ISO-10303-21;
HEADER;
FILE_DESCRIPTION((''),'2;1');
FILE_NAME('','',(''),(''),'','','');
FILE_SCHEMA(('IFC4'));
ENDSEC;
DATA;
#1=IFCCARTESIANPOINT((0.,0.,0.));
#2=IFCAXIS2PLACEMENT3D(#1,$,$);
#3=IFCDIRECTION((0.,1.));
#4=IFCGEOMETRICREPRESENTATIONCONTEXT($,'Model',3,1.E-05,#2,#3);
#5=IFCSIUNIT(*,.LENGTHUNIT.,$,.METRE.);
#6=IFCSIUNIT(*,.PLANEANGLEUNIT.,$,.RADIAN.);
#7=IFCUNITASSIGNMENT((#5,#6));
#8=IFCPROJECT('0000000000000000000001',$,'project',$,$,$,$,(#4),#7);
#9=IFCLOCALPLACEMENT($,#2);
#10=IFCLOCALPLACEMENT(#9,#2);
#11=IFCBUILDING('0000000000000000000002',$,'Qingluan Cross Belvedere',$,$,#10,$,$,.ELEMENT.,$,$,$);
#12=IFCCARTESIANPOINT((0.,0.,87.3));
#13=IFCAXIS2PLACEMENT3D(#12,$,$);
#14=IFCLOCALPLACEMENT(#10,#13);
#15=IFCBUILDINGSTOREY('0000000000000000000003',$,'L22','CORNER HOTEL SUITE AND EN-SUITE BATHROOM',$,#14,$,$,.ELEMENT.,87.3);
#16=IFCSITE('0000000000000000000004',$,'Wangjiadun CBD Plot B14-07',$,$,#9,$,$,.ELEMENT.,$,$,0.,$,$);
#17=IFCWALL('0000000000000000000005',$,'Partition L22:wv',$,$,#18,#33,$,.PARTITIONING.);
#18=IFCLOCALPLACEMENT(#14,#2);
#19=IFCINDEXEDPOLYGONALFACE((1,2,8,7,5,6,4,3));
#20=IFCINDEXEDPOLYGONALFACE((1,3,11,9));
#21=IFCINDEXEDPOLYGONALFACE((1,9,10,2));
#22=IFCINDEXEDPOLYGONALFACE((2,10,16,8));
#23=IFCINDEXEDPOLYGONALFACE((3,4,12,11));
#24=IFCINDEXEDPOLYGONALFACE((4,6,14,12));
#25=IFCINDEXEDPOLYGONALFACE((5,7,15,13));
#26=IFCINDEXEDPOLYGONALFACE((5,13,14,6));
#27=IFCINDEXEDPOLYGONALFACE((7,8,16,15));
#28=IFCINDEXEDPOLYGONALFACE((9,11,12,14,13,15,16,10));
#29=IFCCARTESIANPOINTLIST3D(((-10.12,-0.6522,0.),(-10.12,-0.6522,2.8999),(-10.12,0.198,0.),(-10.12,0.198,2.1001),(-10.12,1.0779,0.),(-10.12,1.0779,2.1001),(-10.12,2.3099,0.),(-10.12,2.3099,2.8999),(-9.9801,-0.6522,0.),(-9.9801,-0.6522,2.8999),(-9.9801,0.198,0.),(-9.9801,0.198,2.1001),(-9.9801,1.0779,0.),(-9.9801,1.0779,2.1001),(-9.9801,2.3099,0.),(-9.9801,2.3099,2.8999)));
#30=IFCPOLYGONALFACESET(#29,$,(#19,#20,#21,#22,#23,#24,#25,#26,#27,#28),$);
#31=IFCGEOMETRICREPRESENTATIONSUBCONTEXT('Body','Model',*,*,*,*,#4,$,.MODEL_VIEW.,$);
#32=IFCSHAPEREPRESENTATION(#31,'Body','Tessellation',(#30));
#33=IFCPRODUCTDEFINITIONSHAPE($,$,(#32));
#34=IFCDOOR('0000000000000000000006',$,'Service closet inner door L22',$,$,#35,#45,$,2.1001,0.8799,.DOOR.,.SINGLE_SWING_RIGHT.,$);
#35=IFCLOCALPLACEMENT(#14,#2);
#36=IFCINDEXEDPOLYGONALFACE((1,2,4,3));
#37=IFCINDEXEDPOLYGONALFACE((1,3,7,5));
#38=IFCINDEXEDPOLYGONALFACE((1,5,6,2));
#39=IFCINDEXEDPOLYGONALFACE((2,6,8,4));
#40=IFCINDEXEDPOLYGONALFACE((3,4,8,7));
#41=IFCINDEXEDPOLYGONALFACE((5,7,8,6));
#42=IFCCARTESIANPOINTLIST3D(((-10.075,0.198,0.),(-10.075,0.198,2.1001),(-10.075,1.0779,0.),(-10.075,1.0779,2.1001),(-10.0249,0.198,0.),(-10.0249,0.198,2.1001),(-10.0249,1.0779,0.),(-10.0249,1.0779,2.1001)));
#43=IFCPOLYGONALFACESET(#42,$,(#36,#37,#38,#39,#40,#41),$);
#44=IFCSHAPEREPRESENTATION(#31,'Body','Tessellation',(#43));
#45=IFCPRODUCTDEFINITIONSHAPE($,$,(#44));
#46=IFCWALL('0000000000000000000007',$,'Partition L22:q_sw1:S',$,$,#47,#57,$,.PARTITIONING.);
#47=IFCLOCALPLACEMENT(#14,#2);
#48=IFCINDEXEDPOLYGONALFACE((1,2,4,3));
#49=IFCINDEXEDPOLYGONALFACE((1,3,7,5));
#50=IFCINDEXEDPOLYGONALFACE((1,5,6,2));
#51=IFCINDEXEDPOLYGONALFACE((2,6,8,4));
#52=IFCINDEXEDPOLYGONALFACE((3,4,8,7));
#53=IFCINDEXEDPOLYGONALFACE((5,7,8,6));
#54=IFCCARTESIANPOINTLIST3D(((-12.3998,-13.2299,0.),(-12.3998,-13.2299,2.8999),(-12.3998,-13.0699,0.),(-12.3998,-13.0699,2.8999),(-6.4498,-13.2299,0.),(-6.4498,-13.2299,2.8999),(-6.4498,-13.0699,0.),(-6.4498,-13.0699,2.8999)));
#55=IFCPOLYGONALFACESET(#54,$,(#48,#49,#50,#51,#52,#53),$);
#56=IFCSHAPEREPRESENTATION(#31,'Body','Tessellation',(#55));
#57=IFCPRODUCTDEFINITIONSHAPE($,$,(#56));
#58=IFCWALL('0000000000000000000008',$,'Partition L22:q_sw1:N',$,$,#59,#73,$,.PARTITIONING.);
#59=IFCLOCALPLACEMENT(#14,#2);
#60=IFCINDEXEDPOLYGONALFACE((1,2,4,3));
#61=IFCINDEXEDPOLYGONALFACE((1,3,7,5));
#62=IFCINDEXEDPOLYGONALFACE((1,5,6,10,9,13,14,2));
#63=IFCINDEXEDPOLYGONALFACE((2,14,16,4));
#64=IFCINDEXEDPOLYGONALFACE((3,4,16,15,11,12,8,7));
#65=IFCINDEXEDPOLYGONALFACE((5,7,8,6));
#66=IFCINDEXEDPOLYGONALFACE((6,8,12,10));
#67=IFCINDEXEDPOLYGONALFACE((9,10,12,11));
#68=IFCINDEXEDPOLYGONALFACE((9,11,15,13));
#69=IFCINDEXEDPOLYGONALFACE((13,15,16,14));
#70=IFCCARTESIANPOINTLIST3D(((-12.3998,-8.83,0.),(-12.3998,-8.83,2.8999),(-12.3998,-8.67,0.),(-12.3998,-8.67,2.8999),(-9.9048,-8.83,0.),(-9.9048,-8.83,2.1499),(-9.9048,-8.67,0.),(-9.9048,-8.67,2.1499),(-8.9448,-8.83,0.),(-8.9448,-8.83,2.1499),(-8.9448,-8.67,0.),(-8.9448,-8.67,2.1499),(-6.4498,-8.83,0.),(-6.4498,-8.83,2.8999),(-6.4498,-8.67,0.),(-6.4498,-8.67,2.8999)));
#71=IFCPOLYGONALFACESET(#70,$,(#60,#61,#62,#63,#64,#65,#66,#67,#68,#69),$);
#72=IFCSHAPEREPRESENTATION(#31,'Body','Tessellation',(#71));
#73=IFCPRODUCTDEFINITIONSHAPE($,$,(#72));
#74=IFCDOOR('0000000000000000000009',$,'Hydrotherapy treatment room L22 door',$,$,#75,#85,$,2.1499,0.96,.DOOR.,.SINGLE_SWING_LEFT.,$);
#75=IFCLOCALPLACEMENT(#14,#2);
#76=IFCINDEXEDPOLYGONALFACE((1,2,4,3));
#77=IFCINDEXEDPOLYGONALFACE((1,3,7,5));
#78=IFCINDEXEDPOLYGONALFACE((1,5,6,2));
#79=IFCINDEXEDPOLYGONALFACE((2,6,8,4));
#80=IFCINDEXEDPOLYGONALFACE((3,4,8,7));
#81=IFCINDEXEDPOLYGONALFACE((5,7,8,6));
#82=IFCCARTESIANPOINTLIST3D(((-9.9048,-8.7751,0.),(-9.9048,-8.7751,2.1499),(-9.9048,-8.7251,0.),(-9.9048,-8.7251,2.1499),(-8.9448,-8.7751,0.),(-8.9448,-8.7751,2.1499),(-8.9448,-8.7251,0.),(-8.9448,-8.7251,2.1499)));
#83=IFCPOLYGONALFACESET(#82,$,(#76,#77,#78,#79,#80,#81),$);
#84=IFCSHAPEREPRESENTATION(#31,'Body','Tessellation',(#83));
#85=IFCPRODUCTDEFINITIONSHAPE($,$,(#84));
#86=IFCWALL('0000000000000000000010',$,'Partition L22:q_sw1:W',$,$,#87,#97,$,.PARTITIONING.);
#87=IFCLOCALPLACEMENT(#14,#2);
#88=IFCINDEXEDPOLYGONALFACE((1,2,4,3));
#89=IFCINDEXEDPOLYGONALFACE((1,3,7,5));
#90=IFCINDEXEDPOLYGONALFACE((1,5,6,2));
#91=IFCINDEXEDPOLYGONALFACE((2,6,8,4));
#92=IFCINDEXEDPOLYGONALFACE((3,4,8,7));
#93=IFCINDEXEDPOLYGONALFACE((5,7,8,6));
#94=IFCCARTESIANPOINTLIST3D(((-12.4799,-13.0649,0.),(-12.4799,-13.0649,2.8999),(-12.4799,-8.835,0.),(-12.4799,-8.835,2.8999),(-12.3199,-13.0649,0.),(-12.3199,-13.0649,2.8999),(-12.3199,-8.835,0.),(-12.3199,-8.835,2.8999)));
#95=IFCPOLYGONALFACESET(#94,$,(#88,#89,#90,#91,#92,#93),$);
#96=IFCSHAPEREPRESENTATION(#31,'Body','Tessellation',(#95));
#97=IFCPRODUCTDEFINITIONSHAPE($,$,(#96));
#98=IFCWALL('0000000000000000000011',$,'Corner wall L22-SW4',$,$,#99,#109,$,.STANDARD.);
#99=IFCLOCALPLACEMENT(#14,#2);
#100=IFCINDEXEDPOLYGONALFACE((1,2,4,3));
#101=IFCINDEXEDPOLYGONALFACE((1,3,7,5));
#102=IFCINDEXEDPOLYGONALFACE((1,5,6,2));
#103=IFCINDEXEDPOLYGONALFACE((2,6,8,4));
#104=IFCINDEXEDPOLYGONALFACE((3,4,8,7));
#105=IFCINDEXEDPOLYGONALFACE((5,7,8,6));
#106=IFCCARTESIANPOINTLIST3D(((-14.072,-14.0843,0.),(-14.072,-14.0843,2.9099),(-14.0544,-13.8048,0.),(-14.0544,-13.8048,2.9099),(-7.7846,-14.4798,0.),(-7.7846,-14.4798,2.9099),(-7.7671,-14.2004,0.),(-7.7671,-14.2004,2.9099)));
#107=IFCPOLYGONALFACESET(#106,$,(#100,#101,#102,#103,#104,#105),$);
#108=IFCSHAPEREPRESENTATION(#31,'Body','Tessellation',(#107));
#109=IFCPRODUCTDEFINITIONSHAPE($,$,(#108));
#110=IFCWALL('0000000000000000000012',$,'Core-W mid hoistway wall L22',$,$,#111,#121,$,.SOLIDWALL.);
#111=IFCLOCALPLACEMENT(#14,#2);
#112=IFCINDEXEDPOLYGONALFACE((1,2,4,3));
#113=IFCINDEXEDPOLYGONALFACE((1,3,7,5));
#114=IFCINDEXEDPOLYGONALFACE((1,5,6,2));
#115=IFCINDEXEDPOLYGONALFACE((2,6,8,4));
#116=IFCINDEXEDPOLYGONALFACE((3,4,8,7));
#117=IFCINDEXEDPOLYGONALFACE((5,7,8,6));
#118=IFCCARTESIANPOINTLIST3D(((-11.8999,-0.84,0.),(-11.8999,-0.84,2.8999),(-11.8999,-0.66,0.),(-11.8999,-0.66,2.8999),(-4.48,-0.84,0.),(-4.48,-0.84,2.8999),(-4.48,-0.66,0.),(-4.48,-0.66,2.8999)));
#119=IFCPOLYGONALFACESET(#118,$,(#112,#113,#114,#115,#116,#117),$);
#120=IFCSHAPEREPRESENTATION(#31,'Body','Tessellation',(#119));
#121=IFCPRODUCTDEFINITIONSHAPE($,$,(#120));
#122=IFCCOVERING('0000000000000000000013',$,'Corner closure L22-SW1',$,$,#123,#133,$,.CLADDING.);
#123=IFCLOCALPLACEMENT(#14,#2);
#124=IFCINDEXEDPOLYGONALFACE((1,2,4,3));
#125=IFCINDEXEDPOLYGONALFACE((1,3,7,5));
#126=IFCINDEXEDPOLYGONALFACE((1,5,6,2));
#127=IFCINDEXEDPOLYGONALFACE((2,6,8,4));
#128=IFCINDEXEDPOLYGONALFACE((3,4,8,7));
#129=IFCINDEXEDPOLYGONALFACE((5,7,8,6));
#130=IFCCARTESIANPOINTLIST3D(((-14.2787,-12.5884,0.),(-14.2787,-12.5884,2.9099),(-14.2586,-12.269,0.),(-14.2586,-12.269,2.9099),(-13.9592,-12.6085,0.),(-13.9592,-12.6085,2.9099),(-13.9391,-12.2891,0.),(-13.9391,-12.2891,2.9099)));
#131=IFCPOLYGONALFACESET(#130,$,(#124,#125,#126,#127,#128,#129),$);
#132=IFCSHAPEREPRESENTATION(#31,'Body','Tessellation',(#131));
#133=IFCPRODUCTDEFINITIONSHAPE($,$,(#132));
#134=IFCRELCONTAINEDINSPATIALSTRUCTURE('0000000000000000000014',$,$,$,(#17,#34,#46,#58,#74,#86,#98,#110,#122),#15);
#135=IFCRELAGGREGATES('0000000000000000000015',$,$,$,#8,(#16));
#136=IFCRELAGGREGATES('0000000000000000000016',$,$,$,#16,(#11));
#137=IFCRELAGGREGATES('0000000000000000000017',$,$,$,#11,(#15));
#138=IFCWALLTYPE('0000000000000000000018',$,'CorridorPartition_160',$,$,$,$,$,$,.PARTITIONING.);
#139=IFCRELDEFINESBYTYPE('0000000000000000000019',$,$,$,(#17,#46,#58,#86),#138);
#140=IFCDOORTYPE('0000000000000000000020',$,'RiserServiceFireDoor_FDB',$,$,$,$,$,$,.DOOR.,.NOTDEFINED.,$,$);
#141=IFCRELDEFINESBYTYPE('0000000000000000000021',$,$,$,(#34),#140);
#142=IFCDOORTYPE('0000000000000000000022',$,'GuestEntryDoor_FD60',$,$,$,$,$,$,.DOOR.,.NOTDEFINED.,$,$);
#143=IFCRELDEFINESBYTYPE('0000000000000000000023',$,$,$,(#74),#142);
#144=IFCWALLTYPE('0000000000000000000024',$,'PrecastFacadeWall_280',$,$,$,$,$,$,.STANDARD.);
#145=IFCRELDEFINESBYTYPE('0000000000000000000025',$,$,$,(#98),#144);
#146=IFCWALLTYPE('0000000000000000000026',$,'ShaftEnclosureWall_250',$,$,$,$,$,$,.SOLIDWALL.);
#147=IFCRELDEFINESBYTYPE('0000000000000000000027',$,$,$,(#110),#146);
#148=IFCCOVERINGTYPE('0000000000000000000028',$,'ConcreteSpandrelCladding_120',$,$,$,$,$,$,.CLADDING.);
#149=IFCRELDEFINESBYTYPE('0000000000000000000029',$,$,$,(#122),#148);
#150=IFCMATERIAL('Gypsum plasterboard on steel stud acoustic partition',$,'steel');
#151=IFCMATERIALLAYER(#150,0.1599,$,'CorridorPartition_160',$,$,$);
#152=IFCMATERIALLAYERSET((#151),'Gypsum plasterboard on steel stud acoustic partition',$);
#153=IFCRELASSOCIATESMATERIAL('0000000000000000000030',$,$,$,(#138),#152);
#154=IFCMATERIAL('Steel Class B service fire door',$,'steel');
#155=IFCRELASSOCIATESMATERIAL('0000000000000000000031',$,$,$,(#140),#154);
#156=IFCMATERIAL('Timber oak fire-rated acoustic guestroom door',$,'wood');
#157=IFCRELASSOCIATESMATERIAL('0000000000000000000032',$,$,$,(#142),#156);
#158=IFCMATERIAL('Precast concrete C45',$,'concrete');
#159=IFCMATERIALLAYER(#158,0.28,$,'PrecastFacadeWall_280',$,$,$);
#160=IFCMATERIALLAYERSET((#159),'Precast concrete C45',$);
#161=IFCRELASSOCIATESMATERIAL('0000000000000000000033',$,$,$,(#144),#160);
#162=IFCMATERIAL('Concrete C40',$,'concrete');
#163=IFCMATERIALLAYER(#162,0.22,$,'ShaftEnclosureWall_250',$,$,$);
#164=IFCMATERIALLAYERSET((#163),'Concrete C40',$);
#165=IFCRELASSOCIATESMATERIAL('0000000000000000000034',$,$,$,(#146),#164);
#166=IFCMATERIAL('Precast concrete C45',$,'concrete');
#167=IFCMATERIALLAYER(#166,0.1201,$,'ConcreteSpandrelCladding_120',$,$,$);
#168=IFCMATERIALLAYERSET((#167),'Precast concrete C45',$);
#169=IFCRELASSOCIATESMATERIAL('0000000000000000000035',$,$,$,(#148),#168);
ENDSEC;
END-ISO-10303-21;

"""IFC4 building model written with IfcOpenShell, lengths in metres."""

from ifc_helpers import new_model, si_unit, direction, frame, frame_2d, origin, origin_2d, place, context, subcontext, project, spatial, rectangle, extrude, material, layer, layer_set, type_object, element, fill, save


model = new_model("IFC4")

# Units and contexts
model_context = context("Model", 3, precision=1e-05, world=origin(), true_north=direction((0.0, 1.0)))
body_context = subcontext(model_context, "Body", "Model", "MODEL_VIEW")
ifc_project = project(units=[si_unit("LENGTHUNIT", "METRE"), si_unit("PLANEANGLEUNIT", "RADIAN")], contexts=[model_context])

# Site, building, storey
site_placement = place(None, origin())
site = spatial("IfcSite", under=ifc_project, at=site_placement, Name="Wangjiadun CBD Plot B14-07", CompositionType="ELEMENT", RefElevation=0.0)
building_placement = place(site_placement, origin())
building = spatial("IfcBuilding", under=site, at=building_placement, Name="Qingluan Cross Belvedere", CompositionType="ELEMENT")
storey_placement = place(building_placement, frame((0.0, 0.0, 87.3)))
storey = spatial("IfcBuildingStorey", under=building, at=storey_placement, Name="L22", Description="CORNER HOTEL SUITE AND EN-SUITE BATHROOM", CompositionType="ELEMENT", Elevation=87.3)

# Wall, opening, door
ifc_material_1 = material(Name="Gypsum plasterboard on steel stud acoustic partition", Category="steel")
ifc_layer_1 = layer(ifc_material_1, 0.1599, Name="CorridorPartition_160")
ifc_layer_set_1 = layer_set([ifc_layer_1], Name="Gypsum plasterboard on steel stud acoustic partition")
wall_type_1 = type_object("IfcWallType", Name="CorridorPartition_160", PredefinedType="PARTITIONING", material=ifc_layer_set_1)
wall_1_placement = place(storey_placement, frame((-10.05, -0.6521, 0.0), z_axis=(0.0, 0.0, 1.0), x_axis=(0.0, 1.0, 0.0)))
wall_1 = element("IfcWall", 1, at=wall_1_placement, inside=storey, type_object=wall_type_1, Name="Partition L22:wv", PredefinedType="PARTITIONING", context=body_context, shape_type="SweptSolid", body=[
    extrude(rectangle(XDim=2.9622, YDim=0.1399, at=frame_2d((1.481, 0.0))), origin(), (0.0, 0.0, 1.0), 2.8999),
])
opening_1_placement = place(wall_1_placement, frame((0.8501, 0.0, 0.0)))
opening_1 = element("IfcOpeningElement", 2, at=opening_1_placement, cuts=wall_1, PredefinedType="OPENING", context=body_context, shape_type="SweptSolid", body=[
    extrude(rectangle(XDim=0.8799, YDim=2.1001, at=frame_2d((0.4399, 1.05))), frame((0.0, 0.0798, 0.0), z_axis=(0.0, -1.0, 0.0), x_axis=(1.0, 0.0, 0.0)), (0.0, 0.0, 1.0), 0.1599),
])
ifc_material_2 = material(Name="Steel Class B service fire door", Category="steel")
door_type_1 = type_object("IfcDoorType", Name="RiserServiceFireDoor_FDB", OperationType="NOTDEFINED", PredefinedType="DOOR", material=ifc_material_2)
door_1_placement = place(opening_1_placement, origin())
door_1 = element("IfcDoor", 3, at=door_1_placement, inside=storey, type_object=door_type_1, Name="Service closet inner door L22", OperationType="SINGLE_SWING_RIGHT", OverallHeight=2.1001, OverallWidth=0.8799, PredefinedType="DOOR", context=body_context, shape_type="SweptSolid", body=[
    extrude(rectangle(XDim=0.8799, YDim=2.1001, at=frame_2d((0.4399, 1.05))), frame((0.0, 0.0249, 0.0), z_axis=(0.0, -1.0, 0.0), x_axis=(1.0, 0.0, 0.0)), (0.0, 0.0, 1.0), 0.05),
])
fill(opening_1, door_1)

# Wall
wall_2_placement = place(storey_placement, frame((-12.3999, -13.1499, 0.0), z_axis=(0.0, 0.0, 1.0), x_axis=(1.0, 0.0, 0.0)))
element("IfcWall", 4, at=wall_2_placement, inside=storey, type_object=wall_type_1, Name="Partition L22:q_sw1:S", PredefinedType="PARTITIONING", context=body_context, shape_type="SweptSolid", body=[
    extrude(rectangle(XDim=5.95, YDim=0.1599, at=frame_2d((2.9751, 0.0))), origin(), (0.0, 0.0, 1.0), 2.8999),
])

# Wall, opening, door
wall_3_placement = place(storey_placement, frame((-12.3999, -8.75, 0.0), z_axis=(0.0, 0.0, 1.0), x_axis=(1.0, 0.0, 0.0)))
wall_3 = element("IfcWall", 5, at=wall_3_placement, inside=storey, type_object=wall_type_1, Name="Partition L22:q_sw1:N", PredefinedType="PARTITIONING", context=body_context, shape_type="SweptSolid", body=[
    extrude(rectangle(XDim=5.95, YDim=0.1599, at=frame_2d((2.9751, 0.0))), origin(), (0.0, 0.0, 1.0), 2.8999),
])
opening_2_placement = place(wall_3_placement, frame((2.4951, 0.0, 0.0)))
opening_2 = element("IfcOpeningElement", 6, at=opening_2_placement, cuts=wall_3, PredefinedType="OPENING", context=body_context, shape_type="SweptSolid", body=[
    extrude(rectangle(XDim=0.96, YDim=2.1499, at=frame_2d((0.48, 1.075))), frame((0.0, 0.0898, 0.0), z_axis=(0.0, -1.0, 0.0), x_axis=(1.0, 0.0, 0.0)), (0.0, 0.0, 1.0), 0.1799),
])
ifc_material_3 = material(Name="Timber oak fire-rated acoustic guestroom door", Category="wood")
door_type_2 = type_object("IfcDoorType", Name="GuestEntryDoor_FD60", OperationType="NOTDEFINED", PredefinedType="DOOR", material=ifc_material_3)
door_2_placement = place(opening_2_placement, origin())
door_2 = element("IfcDoor", 7, at=door_2_placement, inside=storey, type_object=door_type_2, Name="Hydrotherapy treatment room L22 door", OperationType="SINGLE_SWING_LEFT", OverallHeight=2.1499, OverallWidth=0.96, PredefinedType="DOOR", context=body_context, shape_type="SweptSolid", body=[
    extrude(rectangle(XDim=0.96, YDim=2.1499, at=frame_2d((0.48, 1.075))), frame((0.0, 0.0249, 0.0), z_axis=(0.0, -1.0, 0.0), x_axis=(1.0, 0.0, 0.0)), (0.0, 0.0, 1.0), 0.05),
])
fill(opening_2, door_2)

# Walls
wall_4_placement = place(storey_placement, frame((-12.3999, -13.0649, 0.0), z_axis=(0.0, 0.0, 1.0), x_axis=(0.0, 1.0, 0.0)))
element("IfcWall", 8, at=wall_4_placement, inside=storey, type_object=wall_type_1, Name="Partition L22:q_sw1:W", PredefinedType="PARTITIONING", context=body_context, shape_type="SweptSolid", body=[
    extrude(rectangle(XDim=4.23, YDim=0.1599, at=frame_2d((2.115, 0.0))), origin(), (0.0, 0.0, 1.0), 2.8999),
])
ifc_material_4 = material(Name="Precast concrete C45", Category="concrete")
ifc_layer_2 = layer(ifc_material_4, 0.28, Name="PrecastFacadeWall_280")
ifc_layer_set_2 = layer_set([ifc_layer_2], Name="Precast concrete C45")
wall_type_2 = type_object("IfcWallType", Name="PrecastFacadeWall_280", PredefinedType="STANDARD", material=ifc_layer_set_2)
wall_5_placement = place(storey_placement, frame((-14.0632, -13.9446, 0.0), z_axis=(0.0, 0.0, 1.0), x_axis=(0.998027, -0.062781, 0.0)))
element("IfcWall", 9, at=wall_5_placement, inside=storey, type_object=wall_type_2, Name="Corner wall L22-SW4", PredefinedType="STANDARD", context=body_context, shape_type="SweptSolid", body=[
    extrude(rectangle(XDim=6.2998, YDim=0.28, at=frame_2d((3.1499, 0.0))), origin(), (0.0, 0.0, 1.0), 2.9099),
])
ifc_material_5 = material(Name="Concrete C40", Category="concrete")
ifc_layer_3 = layer(ifc_material_5, 0.22, Name="ShaftEnclosureWall_250")
ifc_layer_set_3 = layer_set([ifc_layer_3], Name="Concrete C40")
wall_type_3 = type_object("IfcWallType", Name="ShaftEnclosureWall_250", PredefinedType="SOLIDWALL", material=ifc_layer_set_3)
wall_6_placement = place(storey_placement, frame((-11.8999, -0.75, 0.0), z_axis=(0.0, 0.0, 1.0), x_axis=(1.0, 0.0, 0.0)))
element("IfcWall", 10, at=wall_6_placement, inside=storey, type_object=wall_type_3, Name="Core-W mid hoistway wall L22", PredefinedType="SOLIDWALL", context=body_context, shape_type="SweptSolid", body=[
    extrude(rectangle(XDim=7.4199, YDim=0.1799, at=frame_2d((3.71, 0.0))), origin(), (0.0, 0.0, 1.0), 2.8999),
])

# Covering
ifc_material_6 = material(Name="Precast concrete C45", Category="concrete")
ifc_layer_4 = layer(ifc_material_6, 0.1201, Name="ConcreteSpandrelCladding_120")
ifc_layer_set_4 = layer_set([ifc_layer_4], Name="Precast concrete C45")
covering_type = type_object("IfcCoveringType", Name="ConcreteSpandrelCladding_120", PredefinedType="CLADDING", material=ifc_layer_set_4)
covering_placement = place(storey_placement, frame((-14.1089, -12.4387, 0.0), z_axis=(0.0, 0.0, 1.0), x_axis=(0.998027, -0.062791, 0.0)))
element("IfcCovering", 11, at=covering_placement, inside=storey, type_object=covering_type, Name="Corner closure L22-SW1", PredefinedType="CLADDING", context=body_context, shape_type="SweptSolid", body=[
    extrude(rectangle(XDim=0.3201, YDim=0.3201, at=origin_2d()), origin(), (0.0, 0.0, 1.0), 2.9099),
])

save(model, "model.ifc")
